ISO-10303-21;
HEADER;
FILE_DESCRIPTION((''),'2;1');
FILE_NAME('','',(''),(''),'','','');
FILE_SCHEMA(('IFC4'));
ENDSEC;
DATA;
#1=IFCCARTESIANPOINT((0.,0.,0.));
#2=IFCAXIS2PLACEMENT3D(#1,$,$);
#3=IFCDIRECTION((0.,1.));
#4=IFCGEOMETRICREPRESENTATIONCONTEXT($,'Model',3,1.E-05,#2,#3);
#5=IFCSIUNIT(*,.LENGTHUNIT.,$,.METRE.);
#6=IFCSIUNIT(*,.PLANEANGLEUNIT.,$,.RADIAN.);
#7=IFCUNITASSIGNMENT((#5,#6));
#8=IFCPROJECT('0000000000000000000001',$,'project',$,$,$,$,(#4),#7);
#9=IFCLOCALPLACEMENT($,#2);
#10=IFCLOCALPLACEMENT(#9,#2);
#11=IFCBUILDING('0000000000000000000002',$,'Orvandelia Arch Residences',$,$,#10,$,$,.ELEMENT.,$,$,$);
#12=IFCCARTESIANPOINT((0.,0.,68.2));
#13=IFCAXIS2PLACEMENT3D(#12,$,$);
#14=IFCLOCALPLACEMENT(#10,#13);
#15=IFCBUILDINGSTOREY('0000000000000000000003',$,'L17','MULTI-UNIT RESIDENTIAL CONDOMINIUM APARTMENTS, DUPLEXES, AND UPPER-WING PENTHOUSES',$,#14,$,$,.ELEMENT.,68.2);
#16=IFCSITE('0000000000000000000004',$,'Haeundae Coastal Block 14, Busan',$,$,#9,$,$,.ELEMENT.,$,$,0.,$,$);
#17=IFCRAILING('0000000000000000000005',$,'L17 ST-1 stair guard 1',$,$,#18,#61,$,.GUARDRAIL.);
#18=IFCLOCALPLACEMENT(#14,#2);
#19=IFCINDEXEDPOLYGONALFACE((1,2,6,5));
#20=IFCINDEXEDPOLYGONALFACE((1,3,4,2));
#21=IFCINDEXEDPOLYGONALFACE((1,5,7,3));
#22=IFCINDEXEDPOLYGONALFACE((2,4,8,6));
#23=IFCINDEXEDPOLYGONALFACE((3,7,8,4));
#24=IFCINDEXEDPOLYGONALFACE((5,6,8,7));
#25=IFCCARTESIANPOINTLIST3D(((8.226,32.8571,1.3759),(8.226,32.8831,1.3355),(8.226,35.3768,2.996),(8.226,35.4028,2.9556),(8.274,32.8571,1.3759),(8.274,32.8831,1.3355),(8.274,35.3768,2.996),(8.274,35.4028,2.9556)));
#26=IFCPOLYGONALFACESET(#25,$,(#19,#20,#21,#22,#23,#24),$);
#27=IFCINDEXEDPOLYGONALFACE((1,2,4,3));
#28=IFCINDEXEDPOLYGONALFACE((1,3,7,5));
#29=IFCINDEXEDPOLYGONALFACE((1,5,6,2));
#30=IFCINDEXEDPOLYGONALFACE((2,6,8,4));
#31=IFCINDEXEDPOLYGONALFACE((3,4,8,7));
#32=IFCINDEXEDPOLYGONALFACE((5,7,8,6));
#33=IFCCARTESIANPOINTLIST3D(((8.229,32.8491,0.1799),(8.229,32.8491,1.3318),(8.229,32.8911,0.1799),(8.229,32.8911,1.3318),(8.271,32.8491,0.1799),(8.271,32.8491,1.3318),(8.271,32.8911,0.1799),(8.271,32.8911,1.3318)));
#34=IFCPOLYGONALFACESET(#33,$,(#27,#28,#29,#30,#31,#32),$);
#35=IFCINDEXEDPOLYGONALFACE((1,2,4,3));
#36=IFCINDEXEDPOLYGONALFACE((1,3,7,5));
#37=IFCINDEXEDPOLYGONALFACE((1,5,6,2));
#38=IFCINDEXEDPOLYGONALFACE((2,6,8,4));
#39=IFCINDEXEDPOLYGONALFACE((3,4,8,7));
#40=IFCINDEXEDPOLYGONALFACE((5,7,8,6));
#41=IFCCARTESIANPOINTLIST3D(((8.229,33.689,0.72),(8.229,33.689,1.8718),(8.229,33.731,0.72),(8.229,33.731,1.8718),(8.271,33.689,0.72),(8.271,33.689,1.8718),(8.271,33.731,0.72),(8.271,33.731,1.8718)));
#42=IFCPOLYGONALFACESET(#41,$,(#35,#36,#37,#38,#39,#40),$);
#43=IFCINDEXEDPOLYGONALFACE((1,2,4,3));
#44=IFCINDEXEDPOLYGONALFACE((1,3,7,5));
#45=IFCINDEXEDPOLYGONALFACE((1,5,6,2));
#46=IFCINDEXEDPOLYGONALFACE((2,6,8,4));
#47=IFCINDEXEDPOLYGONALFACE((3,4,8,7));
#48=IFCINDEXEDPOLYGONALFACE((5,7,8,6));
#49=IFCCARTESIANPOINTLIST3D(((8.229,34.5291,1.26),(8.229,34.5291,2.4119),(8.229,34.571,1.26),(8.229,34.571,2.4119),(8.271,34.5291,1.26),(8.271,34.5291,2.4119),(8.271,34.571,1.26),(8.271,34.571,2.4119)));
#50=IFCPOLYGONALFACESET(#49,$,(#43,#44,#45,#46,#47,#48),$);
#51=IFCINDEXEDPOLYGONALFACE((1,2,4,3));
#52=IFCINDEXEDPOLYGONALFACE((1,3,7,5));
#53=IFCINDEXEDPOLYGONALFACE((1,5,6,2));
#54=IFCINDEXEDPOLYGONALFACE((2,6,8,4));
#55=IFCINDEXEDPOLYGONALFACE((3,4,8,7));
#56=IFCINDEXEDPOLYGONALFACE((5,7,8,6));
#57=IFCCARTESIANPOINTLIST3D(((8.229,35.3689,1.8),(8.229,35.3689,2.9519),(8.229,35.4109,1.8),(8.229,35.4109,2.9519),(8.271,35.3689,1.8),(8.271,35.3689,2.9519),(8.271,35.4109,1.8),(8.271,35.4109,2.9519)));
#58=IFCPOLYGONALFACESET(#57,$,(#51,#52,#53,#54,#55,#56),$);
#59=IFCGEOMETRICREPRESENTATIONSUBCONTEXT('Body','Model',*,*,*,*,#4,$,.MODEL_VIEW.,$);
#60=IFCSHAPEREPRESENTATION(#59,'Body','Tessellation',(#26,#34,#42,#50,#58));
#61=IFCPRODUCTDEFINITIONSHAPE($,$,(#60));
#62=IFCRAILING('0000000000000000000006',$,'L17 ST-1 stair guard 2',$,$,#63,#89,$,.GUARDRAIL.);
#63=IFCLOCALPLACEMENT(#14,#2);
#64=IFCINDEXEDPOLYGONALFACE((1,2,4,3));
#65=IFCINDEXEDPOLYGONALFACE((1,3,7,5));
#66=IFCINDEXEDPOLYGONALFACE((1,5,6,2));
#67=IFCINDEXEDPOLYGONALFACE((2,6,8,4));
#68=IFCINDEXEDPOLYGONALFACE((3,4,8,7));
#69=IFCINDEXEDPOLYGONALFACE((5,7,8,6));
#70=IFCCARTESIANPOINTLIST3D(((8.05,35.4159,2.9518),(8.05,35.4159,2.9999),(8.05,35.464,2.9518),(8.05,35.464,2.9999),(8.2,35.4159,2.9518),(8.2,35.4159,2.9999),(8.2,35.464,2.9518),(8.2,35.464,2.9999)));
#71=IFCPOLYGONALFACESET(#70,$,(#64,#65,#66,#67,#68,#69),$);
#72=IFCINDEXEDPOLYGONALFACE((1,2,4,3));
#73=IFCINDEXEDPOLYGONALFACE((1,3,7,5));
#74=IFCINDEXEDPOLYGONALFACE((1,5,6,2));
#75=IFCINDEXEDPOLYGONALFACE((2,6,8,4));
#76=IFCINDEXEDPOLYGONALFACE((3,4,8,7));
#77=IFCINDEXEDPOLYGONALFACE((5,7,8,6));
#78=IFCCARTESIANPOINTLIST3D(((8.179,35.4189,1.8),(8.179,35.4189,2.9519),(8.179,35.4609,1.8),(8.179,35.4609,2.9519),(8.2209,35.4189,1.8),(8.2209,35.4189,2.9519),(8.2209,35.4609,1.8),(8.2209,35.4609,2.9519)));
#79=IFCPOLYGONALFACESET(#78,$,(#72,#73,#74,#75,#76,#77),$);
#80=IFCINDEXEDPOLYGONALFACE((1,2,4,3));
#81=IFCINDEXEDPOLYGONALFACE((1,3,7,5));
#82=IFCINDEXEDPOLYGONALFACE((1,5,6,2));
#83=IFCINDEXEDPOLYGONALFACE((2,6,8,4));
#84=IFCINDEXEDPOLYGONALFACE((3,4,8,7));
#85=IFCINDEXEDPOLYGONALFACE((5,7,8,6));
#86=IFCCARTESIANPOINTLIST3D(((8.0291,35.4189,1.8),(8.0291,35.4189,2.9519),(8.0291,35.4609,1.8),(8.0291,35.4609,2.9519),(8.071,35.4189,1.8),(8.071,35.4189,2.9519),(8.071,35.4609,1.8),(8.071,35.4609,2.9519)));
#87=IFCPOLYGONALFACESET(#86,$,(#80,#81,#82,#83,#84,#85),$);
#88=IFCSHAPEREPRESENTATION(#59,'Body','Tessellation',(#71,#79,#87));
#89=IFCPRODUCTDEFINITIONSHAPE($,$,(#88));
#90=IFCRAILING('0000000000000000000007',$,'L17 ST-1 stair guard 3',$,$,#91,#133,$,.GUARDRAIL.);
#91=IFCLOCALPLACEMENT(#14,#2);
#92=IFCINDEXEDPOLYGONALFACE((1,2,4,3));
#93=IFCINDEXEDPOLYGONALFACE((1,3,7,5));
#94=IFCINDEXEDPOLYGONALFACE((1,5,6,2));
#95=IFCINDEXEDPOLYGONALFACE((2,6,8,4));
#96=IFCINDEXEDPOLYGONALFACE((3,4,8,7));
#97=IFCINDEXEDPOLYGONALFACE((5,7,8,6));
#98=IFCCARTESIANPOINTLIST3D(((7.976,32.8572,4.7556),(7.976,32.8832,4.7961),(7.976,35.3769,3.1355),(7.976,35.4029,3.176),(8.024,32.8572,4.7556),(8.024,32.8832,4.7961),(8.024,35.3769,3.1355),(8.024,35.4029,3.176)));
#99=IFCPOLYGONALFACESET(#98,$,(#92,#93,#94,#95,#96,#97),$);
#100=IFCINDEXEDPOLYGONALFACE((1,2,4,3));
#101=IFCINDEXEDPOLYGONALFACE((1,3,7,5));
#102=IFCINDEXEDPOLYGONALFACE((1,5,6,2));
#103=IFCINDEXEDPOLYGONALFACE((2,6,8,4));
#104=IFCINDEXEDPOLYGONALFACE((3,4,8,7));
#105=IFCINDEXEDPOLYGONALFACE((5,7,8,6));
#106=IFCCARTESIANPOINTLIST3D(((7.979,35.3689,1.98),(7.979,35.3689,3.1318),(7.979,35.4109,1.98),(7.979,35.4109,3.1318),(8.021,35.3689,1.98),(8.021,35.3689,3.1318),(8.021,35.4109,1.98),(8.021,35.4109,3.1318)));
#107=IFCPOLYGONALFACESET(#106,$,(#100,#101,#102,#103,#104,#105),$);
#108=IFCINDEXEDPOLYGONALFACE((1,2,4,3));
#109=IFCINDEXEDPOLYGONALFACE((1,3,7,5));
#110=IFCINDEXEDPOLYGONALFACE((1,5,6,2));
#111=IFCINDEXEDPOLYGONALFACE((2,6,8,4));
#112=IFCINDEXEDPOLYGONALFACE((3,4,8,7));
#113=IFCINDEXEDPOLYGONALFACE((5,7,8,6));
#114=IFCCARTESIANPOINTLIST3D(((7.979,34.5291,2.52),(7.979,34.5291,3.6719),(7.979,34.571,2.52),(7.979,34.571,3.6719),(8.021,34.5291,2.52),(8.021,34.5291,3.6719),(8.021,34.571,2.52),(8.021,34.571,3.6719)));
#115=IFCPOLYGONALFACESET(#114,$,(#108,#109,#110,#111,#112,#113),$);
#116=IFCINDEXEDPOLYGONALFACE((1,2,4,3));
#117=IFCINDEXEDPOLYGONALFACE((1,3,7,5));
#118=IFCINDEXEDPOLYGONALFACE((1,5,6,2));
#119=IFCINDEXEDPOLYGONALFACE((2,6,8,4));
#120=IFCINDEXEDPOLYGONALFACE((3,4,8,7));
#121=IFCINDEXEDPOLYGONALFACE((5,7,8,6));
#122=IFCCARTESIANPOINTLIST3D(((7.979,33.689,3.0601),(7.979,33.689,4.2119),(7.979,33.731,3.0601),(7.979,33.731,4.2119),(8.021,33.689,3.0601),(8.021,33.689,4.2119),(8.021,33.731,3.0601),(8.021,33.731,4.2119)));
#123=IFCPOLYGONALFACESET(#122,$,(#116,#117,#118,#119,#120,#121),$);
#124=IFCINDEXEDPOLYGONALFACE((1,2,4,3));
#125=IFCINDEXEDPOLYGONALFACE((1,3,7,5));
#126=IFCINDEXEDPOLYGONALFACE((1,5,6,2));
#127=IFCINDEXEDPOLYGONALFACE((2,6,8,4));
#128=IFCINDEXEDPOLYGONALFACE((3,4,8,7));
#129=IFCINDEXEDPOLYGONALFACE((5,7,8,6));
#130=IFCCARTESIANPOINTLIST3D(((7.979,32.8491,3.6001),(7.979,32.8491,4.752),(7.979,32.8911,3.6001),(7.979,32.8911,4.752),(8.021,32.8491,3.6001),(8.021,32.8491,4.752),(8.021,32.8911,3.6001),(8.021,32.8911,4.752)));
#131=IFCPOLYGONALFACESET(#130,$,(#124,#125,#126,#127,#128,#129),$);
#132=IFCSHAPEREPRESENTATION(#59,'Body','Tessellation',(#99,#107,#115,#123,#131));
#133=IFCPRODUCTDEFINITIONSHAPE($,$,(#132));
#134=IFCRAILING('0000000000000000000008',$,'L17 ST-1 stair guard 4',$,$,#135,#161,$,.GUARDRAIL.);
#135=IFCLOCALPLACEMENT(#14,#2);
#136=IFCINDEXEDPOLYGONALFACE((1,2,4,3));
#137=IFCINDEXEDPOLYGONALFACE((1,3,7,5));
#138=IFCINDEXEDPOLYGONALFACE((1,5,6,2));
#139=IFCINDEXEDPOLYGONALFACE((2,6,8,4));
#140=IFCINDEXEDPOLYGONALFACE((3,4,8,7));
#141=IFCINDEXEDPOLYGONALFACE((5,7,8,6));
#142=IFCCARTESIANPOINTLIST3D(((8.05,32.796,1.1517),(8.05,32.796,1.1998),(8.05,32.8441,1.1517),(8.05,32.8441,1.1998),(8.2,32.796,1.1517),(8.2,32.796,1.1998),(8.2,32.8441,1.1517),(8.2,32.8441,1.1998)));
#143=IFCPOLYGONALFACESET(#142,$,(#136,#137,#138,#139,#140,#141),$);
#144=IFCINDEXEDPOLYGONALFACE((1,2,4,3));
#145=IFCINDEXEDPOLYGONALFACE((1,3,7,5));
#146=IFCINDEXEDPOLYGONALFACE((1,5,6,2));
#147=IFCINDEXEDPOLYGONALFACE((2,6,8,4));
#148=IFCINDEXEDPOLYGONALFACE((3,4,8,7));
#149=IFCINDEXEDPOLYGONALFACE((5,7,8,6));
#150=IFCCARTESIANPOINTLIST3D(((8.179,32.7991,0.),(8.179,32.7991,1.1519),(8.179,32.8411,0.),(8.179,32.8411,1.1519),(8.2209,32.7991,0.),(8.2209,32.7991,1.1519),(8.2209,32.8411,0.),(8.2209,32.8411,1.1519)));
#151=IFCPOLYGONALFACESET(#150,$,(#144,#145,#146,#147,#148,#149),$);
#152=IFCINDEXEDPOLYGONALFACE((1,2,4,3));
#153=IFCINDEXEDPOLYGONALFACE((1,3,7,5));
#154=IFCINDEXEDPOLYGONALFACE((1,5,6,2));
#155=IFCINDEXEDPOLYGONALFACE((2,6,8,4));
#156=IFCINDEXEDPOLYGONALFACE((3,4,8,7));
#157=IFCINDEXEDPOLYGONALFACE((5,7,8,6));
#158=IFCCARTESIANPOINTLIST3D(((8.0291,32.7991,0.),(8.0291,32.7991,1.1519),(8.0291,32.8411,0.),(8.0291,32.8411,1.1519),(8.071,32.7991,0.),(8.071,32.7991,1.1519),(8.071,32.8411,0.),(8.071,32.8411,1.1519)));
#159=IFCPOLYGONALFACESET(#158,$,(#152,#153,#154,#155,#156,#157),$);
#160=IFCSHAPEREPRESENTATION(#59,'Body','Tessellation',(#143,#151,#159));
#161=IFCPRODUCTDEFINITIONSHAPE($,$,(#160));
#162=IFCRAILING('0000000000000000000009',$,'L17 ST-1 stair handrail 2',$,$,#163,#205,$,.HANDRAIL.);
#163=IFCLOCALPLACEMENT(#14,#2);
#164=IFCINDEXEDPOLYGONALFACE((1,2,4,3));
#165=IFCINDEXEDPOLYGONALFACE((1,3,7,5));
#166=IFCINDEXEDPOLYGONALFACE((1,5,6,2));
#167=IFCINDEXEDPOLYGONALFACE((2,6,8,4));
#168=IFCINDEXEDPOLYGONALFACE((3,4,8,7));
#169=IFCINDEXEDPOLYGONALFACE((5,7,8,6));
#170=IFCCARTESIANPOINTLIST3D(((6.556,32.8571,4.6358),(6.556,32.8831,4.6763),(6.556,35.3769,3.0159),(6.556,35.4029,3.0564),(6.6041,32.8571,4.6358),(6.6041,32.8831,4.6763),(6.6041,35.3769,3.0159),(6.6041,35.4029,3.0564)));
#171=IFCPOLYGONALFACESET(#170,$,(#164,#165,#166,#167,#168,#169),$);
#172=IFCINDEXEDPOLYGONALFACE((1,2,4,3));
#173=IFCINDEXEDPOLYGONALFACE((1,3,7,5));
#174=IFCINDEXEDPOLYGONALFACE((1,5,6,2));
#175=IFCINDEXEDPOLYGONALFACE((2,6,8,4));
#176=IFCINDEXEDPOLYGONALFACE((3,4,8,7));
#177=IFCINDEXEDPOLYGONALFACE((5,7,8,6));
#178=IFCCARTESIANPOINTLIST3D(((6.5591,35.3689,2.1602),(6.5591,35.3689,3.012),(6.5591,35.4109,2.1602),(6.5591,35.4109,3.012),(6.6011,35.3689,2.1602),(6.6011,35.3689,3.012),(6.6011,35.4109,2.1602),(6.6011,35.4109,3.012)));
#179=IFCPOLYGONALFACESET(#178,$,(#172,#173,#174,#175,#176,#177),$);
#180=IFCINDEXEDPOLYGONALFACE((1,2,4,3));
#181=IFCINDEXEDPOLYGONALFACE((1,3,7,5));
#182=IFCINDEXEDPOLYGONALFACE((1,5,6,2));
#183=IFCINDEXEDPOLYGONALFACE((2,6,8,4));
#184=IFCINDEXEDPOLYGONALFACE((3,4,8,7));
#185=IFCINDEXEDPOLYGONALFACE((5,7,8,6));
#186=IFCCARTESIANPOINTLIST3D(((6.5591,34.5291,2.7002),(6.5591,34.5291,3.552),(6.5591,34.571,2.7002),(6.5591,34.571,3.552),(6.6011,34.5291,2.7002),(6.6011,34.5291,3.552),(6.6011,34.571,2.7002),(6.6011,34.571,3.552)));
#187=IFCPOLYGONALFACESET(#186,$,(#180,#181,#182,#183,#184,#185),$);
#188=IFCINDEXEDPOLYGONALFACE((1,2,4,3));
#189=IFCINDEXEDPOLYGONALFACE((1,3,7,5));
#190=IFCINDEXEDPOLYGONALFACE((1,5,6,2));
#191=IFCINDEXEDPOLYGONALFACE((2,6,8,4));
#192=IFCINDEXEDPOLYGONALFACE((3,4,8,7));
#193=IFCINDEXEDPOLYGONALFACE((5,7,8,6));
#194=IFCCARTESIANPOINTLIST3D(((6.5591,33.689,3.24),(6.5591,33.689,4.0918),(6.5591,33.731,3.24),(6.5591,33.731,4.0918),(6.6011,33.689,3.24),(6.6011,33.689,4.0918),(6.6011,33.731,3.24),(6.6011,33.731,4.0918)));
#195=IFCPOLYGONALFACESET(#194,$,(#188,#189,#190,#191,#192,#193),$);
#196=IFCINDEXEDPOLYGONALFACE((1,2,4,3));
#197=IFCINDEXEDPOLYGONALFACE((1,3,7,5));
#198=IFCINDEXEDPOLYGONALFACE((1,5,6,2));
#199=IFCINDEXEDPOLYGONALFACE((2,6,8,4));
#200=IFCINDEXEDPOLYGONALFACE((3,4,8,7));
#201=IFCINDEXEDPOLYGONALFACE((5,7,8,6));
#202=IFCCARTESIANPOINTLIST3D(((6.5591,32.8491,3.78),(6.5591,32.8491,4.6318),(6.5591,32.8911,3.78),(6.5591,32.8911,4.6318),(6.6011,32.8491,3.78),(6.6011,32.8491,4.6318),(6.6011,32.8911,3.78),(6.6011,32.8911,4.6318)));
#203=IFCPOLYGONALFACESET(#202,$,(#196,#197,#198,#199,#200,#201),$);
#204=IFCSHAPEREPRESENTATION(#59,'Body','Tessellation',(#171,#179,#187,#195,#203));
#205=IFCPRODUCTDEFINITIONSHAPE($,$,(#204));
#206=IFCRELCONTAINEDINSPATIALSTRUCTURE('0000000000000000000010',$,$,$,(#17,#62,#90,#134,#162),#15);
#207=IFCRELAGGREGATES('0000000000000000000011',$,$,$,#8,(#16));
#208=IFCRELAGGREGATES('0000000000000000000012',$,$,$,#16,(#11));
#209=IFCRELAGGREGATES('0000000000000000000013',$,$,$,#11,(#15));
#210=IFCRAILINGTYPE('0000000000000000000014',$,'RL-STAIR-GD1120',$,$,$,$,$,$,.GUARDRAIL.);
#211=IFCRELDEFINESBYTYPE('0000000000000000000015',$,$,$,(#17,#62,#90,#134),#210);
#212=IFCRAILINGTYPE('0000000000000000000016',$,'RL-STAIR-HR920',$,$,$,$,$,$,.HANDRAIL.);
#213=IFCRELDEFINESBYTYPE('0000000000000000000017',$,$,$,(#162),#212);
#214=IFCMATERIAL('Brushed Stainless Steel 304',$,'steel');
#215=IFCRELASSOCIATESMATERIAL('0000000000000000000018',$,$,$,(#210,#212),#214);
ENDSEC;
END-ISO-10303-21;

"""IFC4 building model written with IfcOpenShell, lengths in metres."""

from ifc_helpers import new_model, si_unit, direction, frame, origin, origin_2d, place, context, subcontext, project, spatial, rectangle, extrude, material, type_object, element, save


model = new_model("IFC4")

# Units and contexts
model_context = context("Model", 3, precision=1e-05, world=origin(), true_north=direction((0.0, 1.0)))
body_context = subcontext(model_context, "Body", "Model", "MODEL_VIEW")
ifc_project = project(units=[si_unit("LENGTHUNIT", "METRE"), si_unit("PLANEANGLEUNIT", "RADIAN")], contexts=[model_context])

# Site, building, storey
site_placement = place(None, origin())
site = spatial("IfcSite", under=ifc_project, at=site_placement, Name="Haeundae Coastal Block 14, Busan", CompositionType="ELEMENT", RefElevation=0.0)
building_placement = place(site_placement, origin())
building = spatial("IfcBuilding", under=site, at=building_placement, Name="Orvandelia Arch Residences", CompositionType="ELEMENT")
storey_placement = place(building_placement, frame((0.0, 0.0, 68.2)))
storey = spatial("IfcBuildingStorey", under=building, at=storey_placement, Name="L17", Description="MULTI-UNIT RESIDENTIAL CONDOMINIUM APARTMENTS, DUPLEXES, AND UPPER-WING PENTHOUSES", CompositionType="ELEMENT", Elevation=68.2)

# Railings
ifc_material_1 = material(Name="Brushed Stainless Steel 304", Category="steel")
railing_type_1 = type_object("IfcRailingType", Name="RL-STAIR-GD1120", PredefinedType="GUARDRAIL", material=ifc_material_1)
railing_1_placement = place(storey_placement, frame((8.25, 32.8701, 0.1799)))
element("IfcRailing", 1, at=railing_1_placement, inside=storey, type_object=railing_type_1, Name="L17 ST-1 stair guard 1", PredefinedType="GUARDRAIL", context=body_context, shape_type="SweptSolid", body=[
    extrude(rectangle(XDim=0.0481, YDim=0.0481, at=origin_2d()), frame((0.0, 0.0, 1.1758), z_axis=(0.0, 0.841139, 0.540819), x_axis=(-1.0, 0.0, 0.0)), (0.0, 0.0, 1.0), 2.9956),
    extrude(rectangle(XDim=0.042, YDim=0.042, at=origin_2d()), origin(), (0.0, 0.0, 1.0), 1.1519),
    extrude(rectangle(XDim=0.042, YDim=0.042, at=origin_2d()), frame((0.0, 0.8398, 0.54)), (0.0, 0.0, 1.0), 1.1519),
    extrude(rectangle(XDim=0.042, YDim=0.042, at=origin_2d()), frame((0.0, 1.6799, 1.0801)), (0.0, 0.0, 1.0), 1.1519),
    extrude(rectangle(XDim=0.042, YDim=0.042, at=origin_2d()), frame((0.0, 2.5198, 1.6201)), (0.0, 0.0, 1.0), 1.1519),
])
railing_2_placement = place(storey_placement, frame((8.2, 35.4399, 1.8)))
element("IfcRailing", 2, at=railing_2_placement, inside=storey, type_object=railing_type_1, Name="L17 ST-1 stair guard 2", PredefinedType="GUARDRAIL", context=body_context, shape_type="SweptSolid", body=[
    extrude(rectangle(XDim=0.0481, YDim=0.0481, at=origin_2d()), frame((0.0, 0.0, 1.1758), z_axis=(-1.0, 0.0, 0.0), x_axis=(0.0, -1.0, 0.0)), (0.0, 0.0, 1.0), 0.1499),
    extrude(rectangle(XDim=0.042, YDim=0.042, at=origin_2d()), origin(), (0.0, 0.0, 1.0), 1.1519),
    extrude(rectangle(XDim=0.042, YDim=0.042, at=origin_2d()), frame((-0.1499, 0.0, 0.0)), (0.0, 0.0, 1.0), 1.1519),
])
railing_3_placement = place(storey_placement, frame((8.0, 35.3899, 1.98)))
element("IfcRailing", 3, at=railing_3_placement, inside=storey, type_object=railing_type_1, Name="L17 ST-1 stair guard 3", PredefinedType="GUARDRAIL", context=body_context, shape_type="SweptSolid", body=[
    extrude(rectangle(XDim=0.0481, YDim=0.0481, at=origin_2d()), frame((0.0, 0.0, 1.1758), z_axis=(0.0, -0.841139, 0.540819), x_axis=(1.0, 0.0, 0.0)), (0.0, 0.0, 1.0), 2.9956),
    extrude(rectangle(XDim=0.042, YDim=0.042, at=origin_2d()), origin(), (0.0, 0.0, 1.0), 1.1519),
    extrude(rectangle(XDim=0.042, YDim=0.042, at=origin_2d()), frame((0.0, -0.8398, 0.54)), (0.0, 0.0, 1.0), 1.1519),
    extrude(rectangle(XDim=0.042, YDim=0.042, at=origin_2d()), frame((0.0, -1.6799, 1.0801)), (0.0, 0.0, 1.0), 1.1519),
    extrude(rectangle(XDim=0.042, YDim=0.042, at=origin_2d()), frame((0.0, -2.5198, 1.6201)), (0.0, 0.0, 1.0), 1.1519),
])
railing_4_placement = place(storey_placement, frame((8.2, 32.8201, 0.0)))
element("IfcRailing", 4, at=railing_4_placement, inside=storey, type_object=railing_type_1, Name="L17 ST-1 stair guard 4", PredefinedType="GUARDRAIL", context=body_context, shape_type="SweptSolid", body=[
    extrude(rectangle(XDim=0.0481, YDim=0.0481, at=origin_2d()), frame((0.0, 0.0, 1.1758), z_axis=(-1.0, 0.0, 0.0), x_axis=(0.0, -1.0, 0.0)), (0.0, 0.0, 1.0), 0.1499),
    extrude(rectangle(XDim=0.042, YDim=0.042, at=origin_2d()), origin(), (0.0, 0.0, 1.0), 1.1519),
    extrude(rectangle(XDim=0.042, YDim=0.042, at=origin_2d()), frame((-0.1499, 0.0, 0.0)), (0.0, 0.0, 1.0), 1.1519),
])
railing_type_2 = type_object("IfcRailingType", Name="RL-STAIR-HR920", PredefinedType="HANDRAIL", material=ifc_material_1)
railing_5_placement = place(storey_placement, frame((6.5801, 35.3899, 2.1602)))
element("IfcRailing", 5, at=railing_5_placement, inside=storey, type_object=railing_type_2, Name="L17 ST-1 stair handrail 2", PredefinedType="HANDRAIL", context=body_context, shape_type="SweptSolid", body=[
    extrude(rectangle(XDim=0.0481, YDim=0.0481, at=origin_2d()), frame((0.0, 0.0, 0.876), z_axis=(0.0, -0.841176, 0.540762), x_axis=(1.0, 0.0, 0.0)), (0.0, 0.0, 1.0), 2.9956),
    extrude(rectangle(XDim=0.042, YDim=0.042, at=origin_2d()), origin(), (0.0, 0.0, 1.0), 0.8518),
    extrude(rectangle(XDim=0.042, YDim=0.042, at=origin_2d()), frame((0.0, -0.8398, 0.54)), (0.0, 0.0, 1.0), 0.8518),
    extrude(rectangle(XDim=0.042, YDim=0.042, at=origin_2d()), frame((0.0, -1.6799, 1.0798)), (0.0, 0.0, 1.0), 0.8518),
    extrude(rectangle(XDim=0.042, YDim=0.042, at=origin_2d()), frame((0.0, -2.5198, 1.6199)), (0.0, 0.0, 1.0), 0.8518),
])

save(model, "model.ifc")
